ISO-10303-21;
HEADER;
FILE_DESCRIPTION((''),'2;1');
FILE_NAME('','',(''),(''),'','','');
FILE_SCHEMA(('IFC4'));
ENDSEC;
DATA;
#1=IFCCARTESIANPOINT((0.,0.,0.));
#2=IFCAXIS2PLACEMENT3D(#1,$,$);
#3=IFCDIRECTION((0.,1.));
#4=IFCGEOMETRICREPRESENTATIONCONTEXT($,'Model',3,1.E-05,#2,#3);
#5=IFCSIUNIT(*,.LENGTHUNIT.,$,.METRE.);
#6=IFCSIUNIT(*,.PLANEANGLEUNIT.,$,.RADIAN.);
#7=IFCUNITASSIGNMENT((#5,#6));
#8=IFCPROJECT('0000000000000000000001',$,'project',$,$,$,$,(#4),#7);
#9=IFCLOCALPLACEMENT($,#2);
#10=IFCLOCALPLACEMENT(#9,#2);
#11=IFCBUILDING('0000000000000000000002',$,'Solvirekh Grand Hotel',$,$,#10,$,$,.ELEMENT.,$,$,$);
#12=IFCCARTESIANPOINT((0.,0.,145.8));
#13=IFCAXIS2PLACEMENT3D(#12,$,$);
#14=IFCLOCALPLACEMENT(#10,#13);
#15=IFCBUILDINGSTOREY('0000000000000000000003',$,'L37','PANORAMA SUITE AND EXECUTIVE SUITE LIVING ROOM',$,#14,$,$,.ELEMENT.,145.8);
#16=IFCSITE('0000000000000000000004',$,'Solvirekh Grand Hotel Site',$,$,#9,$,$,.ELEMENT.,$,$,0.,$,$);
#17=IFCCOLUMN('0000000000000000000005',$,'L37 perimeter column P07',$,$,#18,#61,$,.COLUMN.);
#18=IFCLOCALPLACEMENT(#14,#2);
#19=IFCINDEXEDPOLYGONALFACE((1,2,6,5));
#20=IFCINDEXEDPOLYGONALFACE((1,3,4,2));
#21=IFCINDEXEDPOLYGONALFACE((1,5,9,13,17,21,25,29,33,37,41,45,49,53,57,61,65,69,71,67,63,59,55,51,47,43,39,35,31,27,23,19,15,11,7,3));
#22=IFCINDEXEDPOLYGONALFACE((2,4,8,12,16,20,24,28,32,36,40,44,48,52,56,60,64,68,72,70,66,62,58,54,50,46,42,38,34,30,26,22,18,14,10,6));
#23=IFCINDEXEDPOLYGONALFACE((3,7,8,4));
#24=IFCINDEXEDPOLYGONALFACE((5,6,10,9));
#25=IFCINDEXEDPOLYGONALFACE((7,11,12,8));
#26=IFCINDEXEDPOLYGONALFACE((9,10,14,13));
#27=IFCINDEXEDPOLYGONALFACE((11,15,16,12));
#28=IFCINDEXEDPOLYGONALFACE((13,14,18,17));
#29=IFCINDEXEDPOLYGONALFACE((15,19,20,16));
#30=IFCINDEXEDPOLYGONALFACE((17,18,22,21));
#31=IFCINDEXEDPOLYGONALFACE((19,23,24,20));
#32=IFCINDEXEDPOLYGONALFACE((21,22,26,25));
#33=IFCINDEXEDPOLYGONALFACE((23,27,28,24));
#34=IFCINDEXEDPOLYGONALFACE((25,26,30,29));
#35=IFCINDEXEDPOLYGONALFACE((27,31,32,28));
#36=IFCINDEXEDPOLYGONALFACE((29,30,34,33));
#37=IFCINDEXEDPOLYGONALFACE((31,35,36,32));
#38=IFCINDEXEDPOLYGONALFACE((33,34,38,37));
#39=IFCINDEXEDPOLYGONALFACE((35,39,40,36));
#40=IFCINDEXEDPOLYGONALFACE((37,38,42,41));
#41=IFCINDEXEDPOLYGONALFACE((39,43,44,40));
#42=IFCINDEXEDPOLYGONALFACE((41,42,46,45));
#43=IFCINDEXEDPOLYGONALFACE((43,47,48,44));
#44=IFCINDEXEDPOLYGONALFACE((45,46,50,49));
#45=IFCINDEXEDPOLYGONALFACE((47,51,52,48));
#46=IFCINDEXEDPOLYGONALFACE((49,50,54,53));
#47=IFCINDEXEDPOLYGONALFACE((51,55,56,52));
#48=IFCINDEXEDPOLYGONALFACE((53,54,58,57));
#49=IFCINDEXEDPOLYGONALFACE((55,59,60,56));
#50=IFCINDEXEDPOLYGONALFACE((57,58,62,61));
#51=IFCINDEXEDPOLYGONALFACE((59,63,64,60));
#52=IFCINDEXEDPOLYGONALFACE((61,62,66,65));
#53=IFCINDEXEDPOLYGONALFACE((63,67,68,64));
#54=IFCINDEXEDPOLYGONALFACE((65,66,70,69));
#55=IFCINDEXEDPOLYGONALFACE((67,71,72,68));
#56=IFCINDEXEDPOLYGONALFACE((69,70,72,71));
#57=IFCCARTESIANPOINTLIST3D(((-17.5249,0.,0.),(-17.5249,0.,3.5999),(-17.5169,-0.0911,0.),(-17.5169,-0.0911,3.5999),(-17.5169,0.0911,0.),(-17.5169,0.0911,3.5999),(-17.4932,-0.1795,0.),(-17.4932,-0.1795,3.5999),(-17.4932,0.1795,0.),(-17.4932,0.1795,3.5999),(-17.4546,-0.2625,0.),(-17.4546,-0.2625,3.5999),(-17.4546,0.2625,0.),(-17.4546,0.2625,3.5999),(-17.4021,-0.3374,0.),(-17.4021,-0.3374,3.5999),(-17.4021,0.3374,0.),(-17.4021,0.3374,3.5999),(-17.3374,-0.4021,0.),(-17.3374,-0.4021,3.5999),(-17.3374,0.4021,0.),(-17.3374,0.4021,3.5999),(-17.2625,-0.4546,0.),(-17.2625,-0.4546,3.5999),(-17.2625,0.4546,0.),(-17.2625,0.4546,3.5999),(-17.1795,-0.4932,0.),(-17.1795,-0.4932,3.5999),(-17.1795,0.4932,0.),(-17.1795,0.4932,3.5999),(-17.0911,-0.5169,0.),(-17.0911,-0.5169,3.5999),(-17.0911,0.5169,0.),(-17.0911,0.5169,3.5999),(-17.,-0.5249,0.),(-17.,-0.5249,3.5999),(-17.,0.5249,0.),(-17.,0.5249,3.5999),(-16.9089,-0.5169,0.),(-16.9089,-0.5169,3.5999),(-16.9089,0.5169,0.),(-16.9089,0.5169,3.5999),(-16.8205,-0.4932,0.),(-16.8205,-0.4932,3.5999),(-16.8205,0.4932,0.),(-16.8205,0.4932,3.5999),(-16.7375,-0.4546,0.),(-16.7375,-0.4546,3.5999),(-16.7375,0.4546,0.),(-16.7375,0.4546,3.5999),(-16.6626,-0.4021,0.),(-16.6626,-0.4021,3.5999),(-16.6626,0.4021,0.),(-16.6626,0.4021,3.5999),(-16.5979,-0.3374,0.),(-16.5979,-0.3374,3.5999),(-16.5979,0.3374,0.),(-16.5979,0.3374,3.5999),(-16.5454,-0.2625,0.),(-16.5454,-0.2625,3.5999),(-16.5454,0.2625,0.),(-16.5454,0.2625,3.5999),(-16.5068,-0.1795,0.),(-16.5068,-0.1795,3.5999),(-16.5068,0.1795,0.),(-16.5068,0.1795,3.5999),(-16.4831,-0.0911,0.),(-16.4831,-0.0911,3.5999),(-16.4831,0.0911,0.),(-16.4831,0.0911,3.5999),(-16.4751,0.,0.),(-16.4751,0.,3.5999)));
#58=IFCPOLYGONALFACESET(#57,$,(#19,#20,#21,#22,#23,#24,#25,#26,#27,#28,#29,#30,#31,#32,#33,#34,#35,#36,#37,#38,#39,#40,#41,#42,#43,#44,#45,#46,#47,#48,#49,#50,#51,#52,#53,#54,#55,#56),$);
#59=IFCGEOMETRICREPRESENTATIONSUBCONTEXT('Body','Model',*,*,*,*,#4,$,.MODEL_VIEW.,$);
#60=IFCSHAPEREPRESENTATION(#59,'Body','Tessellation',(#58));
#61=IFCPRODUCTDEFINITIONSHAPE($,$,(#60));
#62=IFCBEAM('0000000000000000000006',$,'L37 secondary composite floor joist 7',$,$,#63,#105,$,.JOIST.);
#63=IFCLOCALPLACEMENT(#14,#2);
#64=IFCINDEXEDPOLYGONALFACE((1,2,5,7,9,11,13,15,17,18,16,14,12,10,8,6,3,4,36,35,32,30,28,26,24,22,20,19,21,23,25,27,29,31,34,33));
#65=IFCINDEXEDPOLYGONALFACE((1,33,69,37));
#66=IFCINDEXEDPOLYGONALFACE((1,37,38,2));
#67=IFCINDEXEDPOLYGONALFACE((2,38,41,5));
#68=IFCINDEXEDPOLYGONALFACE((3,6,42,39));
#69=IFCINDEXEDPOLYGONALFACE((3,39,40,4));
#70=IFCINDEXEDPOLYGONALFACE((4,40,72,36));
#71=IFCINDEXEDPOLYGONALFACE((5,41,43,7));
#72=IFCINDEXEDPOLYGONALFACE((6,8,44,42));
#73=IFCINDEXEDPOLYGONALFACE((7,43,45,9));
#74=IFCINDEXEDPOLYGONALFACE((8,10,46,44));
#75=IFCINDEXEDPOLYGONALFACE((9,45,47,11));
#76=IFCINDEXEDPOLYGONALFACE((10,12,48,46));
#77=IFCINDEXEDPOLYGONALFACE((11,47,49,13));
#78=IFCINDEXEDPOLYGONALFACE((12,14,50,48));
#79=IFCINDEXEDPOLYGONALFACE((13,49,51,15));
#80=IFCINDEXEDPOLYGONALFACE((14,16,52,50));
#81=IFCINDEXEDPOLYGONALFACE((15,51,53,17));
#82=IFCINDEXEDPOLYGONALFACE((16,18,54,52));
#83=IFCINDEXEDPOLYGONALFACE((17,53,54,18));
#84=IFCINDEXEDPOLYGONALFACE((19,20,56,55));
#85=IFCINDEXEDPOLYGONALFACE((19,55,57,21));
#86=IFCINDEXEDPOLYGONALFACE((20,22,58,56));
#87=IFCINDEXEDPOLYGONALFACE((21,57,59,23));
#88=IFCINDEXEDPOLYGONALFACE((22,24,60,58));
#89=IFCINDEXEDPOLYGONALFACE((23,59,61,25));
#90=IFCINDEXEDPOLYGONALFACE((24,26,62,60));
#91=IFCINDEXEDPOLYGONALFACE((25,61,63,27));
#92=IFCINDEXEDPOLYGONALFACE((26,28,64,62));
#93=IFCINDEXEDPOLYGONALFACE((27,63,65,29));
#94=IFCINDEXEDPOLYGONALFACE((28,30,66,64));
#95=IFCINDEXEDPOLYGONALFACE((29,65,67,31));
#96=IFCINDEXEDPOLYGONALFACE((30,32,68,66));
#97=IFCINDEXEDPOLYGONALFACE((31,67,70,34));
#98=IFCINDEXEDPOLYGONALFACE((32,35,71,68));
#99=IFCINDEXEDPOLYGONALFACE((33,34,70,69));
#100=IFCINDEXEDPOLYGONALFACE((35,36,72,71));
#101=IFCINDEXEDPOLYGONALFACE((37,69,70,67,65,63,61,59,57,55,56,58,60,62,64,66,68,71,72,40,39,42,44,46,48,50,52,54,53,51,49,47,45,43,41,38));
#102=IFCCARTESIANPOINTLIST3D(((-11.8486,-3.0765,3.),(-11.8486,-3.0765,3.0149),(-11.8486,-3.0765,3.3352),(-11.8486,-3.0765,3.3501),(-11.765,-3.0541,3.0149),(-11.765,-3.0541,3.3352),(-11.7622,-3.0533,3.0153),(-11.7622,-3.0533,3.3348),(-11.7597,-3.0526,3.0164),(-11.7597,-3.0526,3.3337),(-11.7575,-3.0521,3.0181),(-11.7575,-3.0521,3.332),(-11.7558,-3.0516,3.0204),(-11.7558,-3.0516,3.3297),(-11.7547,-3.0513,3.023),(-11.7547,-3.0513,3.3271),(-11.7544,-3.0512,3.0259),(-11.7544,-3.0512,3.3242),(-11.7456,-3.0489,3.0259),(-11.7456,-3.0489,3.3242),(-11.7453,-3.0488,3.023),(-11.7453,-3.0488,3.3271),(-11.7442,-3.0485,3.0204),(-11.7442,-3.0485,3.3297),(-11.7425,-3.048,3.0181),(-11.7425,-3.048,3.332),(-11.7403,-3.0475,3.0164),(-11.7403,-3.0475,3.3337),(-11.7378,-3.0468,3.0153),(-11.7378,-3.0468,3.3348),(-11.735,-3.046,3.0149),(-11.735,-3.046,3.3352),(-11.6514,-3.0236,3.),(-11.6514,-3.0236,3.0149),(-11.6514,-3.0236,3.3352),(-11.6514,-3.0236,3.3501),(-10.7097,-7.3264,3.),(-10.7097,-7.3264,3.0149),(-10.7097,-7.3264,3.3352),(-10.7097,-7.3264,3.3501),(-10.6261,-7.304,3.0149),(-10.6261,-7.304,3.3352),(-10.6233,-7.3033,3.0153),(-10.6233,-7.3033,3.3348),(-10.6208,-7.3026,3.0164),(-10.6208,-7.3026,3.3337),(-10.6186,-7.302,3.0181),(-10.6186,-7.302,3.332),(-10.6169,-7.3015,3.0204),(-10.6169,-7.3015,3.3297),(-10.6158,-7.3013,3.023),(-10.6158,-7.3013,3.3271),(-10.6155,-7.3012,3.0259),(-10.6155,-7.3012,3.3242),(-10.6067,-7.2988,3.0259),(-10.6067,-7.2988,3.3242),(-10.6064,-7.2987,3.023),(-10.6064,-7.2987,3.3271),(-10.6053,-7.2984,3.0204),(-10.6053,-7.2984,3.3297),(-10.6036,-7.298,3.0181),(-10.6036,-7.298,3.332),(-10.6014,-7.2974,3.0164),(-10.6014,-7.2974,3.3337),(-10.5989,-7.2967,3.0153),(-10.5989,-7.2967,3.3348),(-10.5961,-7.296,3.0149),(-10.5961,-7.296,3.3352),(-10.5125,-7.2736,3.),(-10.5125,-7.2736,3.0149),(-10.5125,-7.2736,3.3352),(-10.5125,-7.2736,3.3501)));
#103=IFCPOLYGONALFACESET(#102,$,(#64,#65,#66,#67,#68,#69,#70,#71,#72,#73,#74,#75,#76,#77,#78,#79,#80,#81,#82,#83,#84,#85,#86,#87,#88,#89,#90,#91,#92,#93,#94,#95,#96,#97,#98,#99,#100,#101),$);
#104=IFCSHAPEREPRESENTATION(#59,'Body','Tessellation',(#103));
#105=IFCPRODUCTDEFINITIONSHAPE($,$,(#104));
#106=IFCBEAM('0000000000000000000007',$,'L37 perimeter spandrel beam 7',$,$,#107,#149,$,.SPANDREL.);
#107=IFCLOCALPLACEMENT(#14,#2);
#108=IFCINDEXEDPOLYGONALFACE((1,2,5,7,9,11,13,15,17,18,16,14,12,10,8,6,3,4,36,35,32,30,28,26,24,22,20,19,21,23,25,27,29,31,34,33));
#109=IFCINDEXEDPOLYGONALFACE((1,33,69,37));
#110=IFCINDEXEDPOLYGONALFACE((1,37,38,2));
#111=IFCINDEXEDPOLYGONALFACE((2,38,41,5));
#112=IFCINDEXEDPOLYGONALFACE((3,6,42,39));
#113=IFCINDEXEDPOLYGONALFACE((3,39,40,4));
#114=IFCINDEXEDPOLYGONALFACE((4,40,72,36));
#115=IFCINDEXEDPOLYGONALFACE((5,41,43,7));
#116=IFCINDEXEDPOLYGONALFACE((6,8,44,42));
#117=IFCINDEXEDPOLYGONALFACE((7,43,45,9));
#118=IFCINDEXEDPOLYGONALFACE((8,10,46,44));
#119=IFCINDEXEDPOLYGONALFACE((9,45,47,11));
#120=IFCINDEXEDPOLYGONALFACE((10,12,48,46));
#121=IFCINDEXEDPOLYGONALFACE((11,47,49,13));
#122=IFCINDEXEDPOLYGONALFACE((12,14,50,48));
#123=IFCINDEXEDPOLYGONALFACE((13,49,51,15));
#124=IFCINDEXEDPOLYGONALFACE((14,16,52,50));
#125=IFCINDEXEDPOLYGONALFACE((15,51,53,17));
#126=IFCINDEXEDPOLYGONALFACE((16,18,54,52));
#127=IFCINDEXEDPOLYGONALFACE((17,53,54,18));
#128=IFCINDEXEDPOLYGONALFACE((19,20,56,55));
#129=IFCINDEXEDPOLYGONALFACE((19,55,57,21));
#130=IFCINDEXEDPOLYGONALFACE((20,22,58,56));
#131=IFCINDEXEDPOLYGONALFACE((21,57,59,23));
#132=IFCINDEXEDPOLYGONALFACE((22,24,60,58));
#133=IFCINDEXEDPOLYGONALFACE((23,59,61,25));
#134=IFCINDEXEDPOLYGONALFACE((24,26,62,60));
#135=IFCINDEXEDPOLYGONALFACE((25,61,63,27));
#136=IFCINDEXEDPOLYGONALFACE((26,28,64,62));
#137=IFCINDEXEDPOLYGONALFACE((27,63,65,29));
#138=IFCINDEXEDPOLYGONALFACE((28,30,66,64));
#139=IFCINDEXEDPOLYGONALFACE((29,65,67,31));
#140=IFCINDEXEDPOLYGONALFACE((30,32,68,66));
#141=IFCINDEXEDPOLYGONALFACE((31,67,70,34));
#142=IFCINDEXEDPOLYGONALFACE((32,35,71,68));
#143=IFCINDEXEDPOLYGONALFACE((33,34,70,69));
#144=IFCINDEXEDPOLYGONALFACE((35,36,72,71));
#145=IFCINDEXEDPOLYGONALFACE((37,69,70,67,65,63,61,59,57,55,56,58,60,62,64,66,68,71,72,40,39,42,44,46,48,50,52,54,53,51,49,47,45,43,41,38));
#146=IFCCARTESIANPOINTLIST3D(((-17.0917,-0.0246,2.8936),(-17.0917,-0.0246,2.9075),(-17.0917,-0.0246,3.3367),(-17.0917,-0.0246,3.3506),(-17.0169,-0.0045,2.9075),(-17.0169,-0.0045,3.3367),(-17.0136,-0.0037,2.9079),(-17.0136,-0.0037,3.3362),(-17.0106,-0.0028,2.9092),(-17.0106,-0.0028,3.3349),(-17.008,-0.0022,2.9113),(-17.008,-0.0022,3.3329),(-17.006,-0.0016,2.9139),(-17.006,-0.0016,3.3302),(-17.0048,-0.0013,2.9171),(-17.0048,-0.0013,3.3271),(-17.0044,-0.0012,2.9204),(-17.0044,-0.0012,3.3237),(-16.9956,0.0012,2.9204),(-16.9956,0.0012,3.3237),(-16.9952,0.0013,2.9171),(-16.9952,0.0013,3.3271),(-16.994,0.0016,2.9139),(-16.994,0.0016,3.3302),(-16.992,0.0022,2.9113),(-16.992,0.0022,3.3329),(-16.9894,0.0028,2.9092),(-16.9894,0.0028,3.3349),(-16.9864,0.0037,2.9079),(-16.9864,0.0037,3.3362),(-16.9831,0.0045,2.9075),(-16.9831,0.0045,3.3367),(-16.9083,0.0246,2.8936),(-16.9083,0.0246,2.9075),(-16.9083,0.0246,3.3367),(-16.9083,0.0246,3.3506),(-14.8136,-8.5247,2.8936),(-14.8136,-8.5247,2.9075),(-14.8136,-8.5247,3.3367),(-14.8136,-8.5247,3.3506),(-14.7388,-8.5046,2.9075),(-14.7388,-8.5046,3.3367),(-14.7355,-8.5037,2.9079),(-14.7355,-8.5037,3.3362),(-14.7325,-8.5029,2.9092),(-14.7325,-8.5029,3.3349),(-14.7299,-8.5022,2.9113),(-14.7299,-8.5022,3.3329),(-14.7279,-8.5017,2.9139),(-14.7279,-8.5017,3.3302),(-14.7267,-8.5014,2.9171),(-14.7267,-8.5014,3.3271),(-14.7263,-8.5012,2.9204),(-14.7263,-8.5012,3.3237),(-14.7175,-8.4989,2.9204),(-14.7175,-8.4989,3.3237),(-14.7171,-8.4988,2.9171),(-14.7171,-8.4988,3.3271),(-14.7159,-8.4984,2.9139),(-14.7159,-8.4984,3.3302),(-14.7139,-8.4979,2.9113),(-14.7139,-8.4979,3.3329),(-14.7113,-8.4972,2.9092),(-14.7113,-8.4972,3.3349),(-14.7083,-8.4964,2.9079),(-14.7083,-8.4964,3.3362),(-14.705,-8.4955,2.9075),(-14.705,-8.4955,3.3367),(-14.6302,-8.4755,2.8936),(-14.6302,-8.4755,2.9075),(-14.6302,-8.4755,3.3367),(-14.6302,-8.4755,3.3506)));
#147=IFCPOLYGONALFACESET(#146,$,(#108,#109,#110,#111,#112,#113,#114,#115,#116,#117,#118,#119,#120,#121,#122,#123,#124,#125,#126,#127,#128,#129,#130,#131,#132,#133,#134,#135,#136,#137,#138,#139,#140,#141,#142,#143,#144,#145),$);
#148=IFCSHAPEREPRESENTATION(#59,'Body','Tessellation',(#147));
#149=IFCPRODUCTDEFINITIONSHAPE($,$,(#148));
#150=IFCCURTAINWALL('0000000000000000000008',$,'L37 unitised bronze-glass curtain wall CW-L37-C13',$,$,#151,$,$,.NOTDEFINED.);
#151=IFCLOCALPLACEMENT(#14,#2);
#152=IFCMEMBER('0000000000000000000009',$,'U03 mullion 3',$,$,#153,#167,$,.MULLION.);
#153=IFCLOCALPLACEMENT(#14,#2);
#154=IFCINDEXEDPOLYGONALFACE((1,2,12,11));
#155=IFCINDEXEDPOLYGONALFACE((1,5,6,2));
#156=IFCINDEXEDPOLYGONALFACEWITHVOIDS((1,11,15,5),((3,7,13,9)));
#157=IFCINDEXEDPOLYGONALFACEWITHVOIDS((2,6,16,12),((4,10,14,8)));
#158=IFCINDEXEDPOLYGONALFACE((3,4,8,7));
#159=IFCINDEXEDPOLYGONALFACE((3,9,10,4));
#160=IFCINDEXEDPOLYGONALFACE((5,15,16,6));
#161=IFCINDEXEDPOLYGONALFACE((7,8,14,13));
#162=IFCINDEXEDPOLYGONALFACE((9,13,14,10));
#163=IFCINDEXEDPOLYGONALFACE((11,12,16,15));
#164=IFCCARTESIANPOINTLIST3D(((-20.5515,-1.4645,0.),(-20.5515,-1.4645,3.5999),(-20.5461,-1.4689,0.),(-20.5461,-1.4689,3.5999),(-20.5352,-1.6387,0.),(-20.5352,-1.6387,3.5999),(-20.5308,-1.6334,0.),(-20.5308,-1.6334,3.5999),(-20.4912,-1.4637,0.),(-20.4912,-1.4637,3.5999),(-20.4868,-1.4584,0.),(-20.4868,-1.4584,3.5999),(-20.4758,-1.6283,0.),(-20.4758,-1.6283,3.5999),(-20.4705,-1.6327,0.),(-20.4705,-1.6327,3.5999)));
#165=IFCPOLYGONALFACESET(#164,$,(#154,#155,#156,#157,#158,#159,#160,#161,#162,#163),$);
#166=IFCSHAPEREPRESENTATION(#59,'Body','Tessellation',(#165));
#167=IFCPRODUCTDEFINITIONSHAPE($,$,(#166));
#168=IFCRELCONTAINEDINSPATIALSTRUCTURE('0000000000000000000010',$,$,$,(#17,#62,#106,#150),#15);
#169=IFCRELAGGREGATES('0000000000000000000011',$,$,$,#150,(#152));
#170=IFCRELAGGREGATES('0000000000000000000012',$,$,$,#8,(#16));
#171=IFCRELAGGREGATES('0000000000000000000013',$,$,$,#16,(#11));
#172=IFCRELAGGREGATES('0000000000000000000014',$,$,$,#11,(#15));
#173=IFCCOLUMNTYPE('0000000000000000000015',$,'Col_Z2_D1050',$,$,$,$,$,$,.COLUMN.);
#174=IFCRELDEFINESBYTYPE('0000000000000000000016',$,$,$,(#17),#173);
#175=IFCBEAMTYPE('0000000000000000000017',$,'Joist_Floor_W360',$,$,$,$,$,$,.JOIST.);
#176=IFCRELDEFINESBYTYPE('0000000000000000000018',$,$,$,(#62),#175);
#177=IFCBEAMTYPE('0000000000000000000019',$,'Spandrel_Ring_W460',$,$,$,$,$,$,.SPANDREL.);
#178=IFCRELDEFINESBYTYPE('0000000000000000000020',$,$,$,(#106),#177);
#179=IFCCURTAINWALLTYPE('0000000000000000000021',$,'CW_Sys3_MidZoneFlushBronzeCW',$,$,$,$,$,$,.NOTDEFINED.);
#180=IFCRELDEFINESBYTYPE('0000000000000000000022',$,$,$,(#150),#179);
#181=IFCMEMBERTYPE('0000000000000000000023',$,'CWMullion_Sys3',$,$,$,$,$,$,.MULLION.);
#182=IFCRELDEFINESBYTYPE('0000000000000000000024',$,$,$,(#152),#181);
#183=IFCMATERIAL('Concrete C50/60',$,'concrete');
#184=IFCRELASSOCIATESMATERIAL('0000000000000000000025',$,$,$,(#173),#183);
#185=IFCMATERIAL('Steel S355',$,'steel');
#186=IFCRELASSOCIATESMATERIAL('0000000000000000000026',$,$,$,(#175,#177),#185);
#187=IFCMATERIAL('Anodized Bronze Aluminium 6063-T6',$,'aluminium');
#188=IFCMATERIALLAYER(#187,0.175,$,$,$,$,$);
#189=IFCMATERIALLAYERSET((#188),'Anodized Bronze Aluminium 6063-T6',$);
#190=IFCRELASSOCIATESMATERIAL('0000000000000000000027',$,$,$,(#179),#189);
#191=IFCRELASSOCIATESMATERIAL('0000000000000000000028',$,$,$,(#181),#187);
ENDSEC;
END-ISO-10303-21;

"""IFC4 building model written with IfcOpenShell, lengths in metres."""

from ifc_helpers import new_model, si_unit, direction, frame, origin, origin_2d, place, context, subcontext, project, spatial, hollow_rectangle, circle, i_section, extrude, source, transform, mapped, material, layer, layer_set, material_profile, profile_set, type_object, element, aggregate, save


model = new_model("IFC4")

# Units and contexts
model_context = context("Model", 3, precision=1e-05, world=origin(), true_north=direction((0.0, 1.0)))
body_context = subcontext(model_context, "Body", "Model", "MODEL_VIEW")
ifc_project = project(units=[si_unit("LENGTHUNIT", "METRE"), si_unit("PLANEANGLEUNIT", "RADIAN")], contexts=[model_context])

# Site, building, storey
site_placement = place(None, origin())
site = spatial("IfcSite", under=ifc_project, at=site_placement, Name="Solvirekh Grand Hotel Site", CompositionType="ELEMENT", RefElevation=0.0)
building_placement = place(site_placement, origin())
building = spatial("IfcBuilding", under=site, at=building_placement, Name="Solvirekh Grand Hotel", CompositionType="ELEMENT")
storey_placement = place(building_placement, frame((0.0, 0.0, 145.8)))
storey = spatial("IfcBuildingStorey", under=building, at=storey_placement, Name="L37", Description="PANORAMA SUITE AND EXECUTIVE SUITE LIVING ROOM", CompositionType="ELEMENT", Elevation=145.8)

# Column
ifc_material_1 = material(Name="Concrete C50/60", Category="concrete")
ifc_material_profile_1 = material_profile(ifc_material_1, circle(Radius=0.5249, at=origin_2d()), Name="RC CIRC D1050")
ifc_profile_set_1 = profile_set([ifc_material_profile_1], Name="Concrete C50/60")
column_type = type_object("IfcColumnType", Name="Col_Z2_D1050", PredefinedType="COLUMN", material=ifc_profile_set_1)
column_placement = place(storey_placement, frame((-17.0, 0.0, 0.0), z_axis=(0.0, 0.0, 1.0), x_axis=(1.0, 0.0, 0.0)))
element("IfcColumn", 1, at=column_placement, inside=storey, type_object=column_type, Name="L37 perimeter column P07", PredefinedType="COLUMN", context=body_context, shape_type="SweptSolid", body=[
    extrude(circle(Radius=0.5249, at=origin_2d()), origin(), (0.0, 0.0, 1.0), 3.5999),
])

# Beams
ifc_material_2 = material(Name="Steel S355", Category="steel")
ifc_material_profile_2 = material_profile(ifc_material_2, i_section(OverallWidth=0.2041, OverallDepth=0.3501, WebThickness=0.009, FlangeThickness=0.0149, FilletRadius=0.011, at=origin_2d()), Name="W360X72")
ifc_profile_set_2 = profile_set([ifc_material_profile_2], Name="Steel S355")
beam_type_1 = type_object("IfcBeamType", Name="Joist_Floor_W360", PredefinedType="JOIST", material=ifc_profile_set_2)
beam_1_placement = place(storey_placement, frame((-11.75, -3.05, 3.175), z_axis=(0.258847, -0.965918, 0.0), x_axis=(0.965918, 0.258847, 0.0)))
element("IfcBeam", 2, at=beam_1_placement, inside=storey, type_object=beam_type_1, Name="L37 secondary composite floor joist 7", PredefinedType="JOIST", context=body_context, shape_type="SweptSolid", body=[
    extrude(i_section(OverallWidth=0.2041, OverallDepth=0.3501, WebThickness=0.009, FlangeThickness=0.0149, FilletRadius=0.011, at=origin_2d()), origin(), (0.0, 0.0, 1.0), 4.3999),
])
ifc_material_profile_3 = material_profile(ifc_material_2, i_section(OverallWidth=0.1899, OverallDepth=0.457, WebThickness=0.009, FlangeThickness=0.0139, FilletRadius=0.0129, at=origin_2d()), Name="W460X74")
ifc_profile_set_3 = profile_set([ifc_material_profile_3], Name="Steel S355")
beam_type_2 = type_object("IfcBeamType", Name="Spandrel_Ring_W460", PredefinedType="SPANDREL", material=ifc_profile_set_3)
beam_2_placement = place(storey_placement, frame((-17.0, 0.0, 3.1221), z_axis=(0.258873, -0.965911, 0.0), x_axis=(0.965911, 0.258873, 0.0)))
element("IfcBeam", 3, at=beam_2_placement, inside=storey, type_object=beam_type_2, Name="L37 perimeter spandrel beam 7", PredefinedType="SPANDREL", context=body_context, shape_type="SweptSolid", body=[
    extrude(i_section(OverallWidth=0.1899, OverallDepth=0.457, WebThickness=0.009, FlangeThickness=0.0139, FilletRadius=0.0129, at=origin_2d()), origin(), (0.0, 0.0, 1.0), 8.8),
])

# Curtain wall, member
ifc_material_3 = material(Name="Anodized Bronze Aluminium 6063-T6", Category="aluminium")
ifc_layer_1 = layer(ifc_material_3, 0.175)
ifc_layer_set_1 = layer_set([ifc_layer_1], Name="Anodized Bronze Aluminium 6063-T6")
curtain_wall_type = type_object("IfcCurtainWallType", Name="CW_Sys3_MidZoneFlushBronzeCW", PredefinedType="NOTDEFINED", material=ifc_layer_set_1)
curtain_wall_placement = place(storey_placement, origin())
curtain_wall = element("IfcCurtainWall", 4, at=curtain_wall_placement, inside=storey, type_object=curtain_wall_type, Name="L37 unitised bronze-glass curtain wall CW-L37-C13", PredefinedType="NOTDEFINED")
ifc_material_profile_4 = material_profile(ifc_material_3, hollow_rectangle(XDim=0.0649, YDim=0.175, WallThickness=0.0049, at=origin_2d()), Name="ALU RHS 175X65X5")
ifc_profile_set_4 = profile_set([ifc_material_profile_4], Name="Anodized Bronze Aluminium 6063-T6")
member_type = type_object("IfcMemberType", Name="CWMullion_Sys3", PredefinedType="MULLION", material=ifc_profile_set_4)
shared_shape_1 = source(origin(), body_context, "Body", "SweptSolid", [
    extrude(hollow_rectangle(XDim=0.0649, YDim=0.175, WallThickness=0.0049, at=origin_2d()), origin(), (0.0, 0.0, 1.0), 3.5999),
])
member_placement = place(storey_placement, frame((-20.511, -1.5486, 0.0), z_axis=(0.0, 0.0, 1.0), x_axis=(0.995666, 0.092999, 0.0)))
member = element("IfcMember", 5, at=member_placement, type_object=member_type, Name="U03 mullion 3", PredefinedType="MULLION", context=body_context, shape_type="MappedRepresentation", body=[
    mapped(shared_shape_1, transform((0.0, 0.0, 0.0), x_axis=(1.0, 0.0, 0.0), y_axis=(0.0, 1.0, 0.0), z_axis=(0.0, 0.0, 1.0), scale=1.0)),
])

aggregate(curtain_wall, [member])

save(model, "model.ifc")
